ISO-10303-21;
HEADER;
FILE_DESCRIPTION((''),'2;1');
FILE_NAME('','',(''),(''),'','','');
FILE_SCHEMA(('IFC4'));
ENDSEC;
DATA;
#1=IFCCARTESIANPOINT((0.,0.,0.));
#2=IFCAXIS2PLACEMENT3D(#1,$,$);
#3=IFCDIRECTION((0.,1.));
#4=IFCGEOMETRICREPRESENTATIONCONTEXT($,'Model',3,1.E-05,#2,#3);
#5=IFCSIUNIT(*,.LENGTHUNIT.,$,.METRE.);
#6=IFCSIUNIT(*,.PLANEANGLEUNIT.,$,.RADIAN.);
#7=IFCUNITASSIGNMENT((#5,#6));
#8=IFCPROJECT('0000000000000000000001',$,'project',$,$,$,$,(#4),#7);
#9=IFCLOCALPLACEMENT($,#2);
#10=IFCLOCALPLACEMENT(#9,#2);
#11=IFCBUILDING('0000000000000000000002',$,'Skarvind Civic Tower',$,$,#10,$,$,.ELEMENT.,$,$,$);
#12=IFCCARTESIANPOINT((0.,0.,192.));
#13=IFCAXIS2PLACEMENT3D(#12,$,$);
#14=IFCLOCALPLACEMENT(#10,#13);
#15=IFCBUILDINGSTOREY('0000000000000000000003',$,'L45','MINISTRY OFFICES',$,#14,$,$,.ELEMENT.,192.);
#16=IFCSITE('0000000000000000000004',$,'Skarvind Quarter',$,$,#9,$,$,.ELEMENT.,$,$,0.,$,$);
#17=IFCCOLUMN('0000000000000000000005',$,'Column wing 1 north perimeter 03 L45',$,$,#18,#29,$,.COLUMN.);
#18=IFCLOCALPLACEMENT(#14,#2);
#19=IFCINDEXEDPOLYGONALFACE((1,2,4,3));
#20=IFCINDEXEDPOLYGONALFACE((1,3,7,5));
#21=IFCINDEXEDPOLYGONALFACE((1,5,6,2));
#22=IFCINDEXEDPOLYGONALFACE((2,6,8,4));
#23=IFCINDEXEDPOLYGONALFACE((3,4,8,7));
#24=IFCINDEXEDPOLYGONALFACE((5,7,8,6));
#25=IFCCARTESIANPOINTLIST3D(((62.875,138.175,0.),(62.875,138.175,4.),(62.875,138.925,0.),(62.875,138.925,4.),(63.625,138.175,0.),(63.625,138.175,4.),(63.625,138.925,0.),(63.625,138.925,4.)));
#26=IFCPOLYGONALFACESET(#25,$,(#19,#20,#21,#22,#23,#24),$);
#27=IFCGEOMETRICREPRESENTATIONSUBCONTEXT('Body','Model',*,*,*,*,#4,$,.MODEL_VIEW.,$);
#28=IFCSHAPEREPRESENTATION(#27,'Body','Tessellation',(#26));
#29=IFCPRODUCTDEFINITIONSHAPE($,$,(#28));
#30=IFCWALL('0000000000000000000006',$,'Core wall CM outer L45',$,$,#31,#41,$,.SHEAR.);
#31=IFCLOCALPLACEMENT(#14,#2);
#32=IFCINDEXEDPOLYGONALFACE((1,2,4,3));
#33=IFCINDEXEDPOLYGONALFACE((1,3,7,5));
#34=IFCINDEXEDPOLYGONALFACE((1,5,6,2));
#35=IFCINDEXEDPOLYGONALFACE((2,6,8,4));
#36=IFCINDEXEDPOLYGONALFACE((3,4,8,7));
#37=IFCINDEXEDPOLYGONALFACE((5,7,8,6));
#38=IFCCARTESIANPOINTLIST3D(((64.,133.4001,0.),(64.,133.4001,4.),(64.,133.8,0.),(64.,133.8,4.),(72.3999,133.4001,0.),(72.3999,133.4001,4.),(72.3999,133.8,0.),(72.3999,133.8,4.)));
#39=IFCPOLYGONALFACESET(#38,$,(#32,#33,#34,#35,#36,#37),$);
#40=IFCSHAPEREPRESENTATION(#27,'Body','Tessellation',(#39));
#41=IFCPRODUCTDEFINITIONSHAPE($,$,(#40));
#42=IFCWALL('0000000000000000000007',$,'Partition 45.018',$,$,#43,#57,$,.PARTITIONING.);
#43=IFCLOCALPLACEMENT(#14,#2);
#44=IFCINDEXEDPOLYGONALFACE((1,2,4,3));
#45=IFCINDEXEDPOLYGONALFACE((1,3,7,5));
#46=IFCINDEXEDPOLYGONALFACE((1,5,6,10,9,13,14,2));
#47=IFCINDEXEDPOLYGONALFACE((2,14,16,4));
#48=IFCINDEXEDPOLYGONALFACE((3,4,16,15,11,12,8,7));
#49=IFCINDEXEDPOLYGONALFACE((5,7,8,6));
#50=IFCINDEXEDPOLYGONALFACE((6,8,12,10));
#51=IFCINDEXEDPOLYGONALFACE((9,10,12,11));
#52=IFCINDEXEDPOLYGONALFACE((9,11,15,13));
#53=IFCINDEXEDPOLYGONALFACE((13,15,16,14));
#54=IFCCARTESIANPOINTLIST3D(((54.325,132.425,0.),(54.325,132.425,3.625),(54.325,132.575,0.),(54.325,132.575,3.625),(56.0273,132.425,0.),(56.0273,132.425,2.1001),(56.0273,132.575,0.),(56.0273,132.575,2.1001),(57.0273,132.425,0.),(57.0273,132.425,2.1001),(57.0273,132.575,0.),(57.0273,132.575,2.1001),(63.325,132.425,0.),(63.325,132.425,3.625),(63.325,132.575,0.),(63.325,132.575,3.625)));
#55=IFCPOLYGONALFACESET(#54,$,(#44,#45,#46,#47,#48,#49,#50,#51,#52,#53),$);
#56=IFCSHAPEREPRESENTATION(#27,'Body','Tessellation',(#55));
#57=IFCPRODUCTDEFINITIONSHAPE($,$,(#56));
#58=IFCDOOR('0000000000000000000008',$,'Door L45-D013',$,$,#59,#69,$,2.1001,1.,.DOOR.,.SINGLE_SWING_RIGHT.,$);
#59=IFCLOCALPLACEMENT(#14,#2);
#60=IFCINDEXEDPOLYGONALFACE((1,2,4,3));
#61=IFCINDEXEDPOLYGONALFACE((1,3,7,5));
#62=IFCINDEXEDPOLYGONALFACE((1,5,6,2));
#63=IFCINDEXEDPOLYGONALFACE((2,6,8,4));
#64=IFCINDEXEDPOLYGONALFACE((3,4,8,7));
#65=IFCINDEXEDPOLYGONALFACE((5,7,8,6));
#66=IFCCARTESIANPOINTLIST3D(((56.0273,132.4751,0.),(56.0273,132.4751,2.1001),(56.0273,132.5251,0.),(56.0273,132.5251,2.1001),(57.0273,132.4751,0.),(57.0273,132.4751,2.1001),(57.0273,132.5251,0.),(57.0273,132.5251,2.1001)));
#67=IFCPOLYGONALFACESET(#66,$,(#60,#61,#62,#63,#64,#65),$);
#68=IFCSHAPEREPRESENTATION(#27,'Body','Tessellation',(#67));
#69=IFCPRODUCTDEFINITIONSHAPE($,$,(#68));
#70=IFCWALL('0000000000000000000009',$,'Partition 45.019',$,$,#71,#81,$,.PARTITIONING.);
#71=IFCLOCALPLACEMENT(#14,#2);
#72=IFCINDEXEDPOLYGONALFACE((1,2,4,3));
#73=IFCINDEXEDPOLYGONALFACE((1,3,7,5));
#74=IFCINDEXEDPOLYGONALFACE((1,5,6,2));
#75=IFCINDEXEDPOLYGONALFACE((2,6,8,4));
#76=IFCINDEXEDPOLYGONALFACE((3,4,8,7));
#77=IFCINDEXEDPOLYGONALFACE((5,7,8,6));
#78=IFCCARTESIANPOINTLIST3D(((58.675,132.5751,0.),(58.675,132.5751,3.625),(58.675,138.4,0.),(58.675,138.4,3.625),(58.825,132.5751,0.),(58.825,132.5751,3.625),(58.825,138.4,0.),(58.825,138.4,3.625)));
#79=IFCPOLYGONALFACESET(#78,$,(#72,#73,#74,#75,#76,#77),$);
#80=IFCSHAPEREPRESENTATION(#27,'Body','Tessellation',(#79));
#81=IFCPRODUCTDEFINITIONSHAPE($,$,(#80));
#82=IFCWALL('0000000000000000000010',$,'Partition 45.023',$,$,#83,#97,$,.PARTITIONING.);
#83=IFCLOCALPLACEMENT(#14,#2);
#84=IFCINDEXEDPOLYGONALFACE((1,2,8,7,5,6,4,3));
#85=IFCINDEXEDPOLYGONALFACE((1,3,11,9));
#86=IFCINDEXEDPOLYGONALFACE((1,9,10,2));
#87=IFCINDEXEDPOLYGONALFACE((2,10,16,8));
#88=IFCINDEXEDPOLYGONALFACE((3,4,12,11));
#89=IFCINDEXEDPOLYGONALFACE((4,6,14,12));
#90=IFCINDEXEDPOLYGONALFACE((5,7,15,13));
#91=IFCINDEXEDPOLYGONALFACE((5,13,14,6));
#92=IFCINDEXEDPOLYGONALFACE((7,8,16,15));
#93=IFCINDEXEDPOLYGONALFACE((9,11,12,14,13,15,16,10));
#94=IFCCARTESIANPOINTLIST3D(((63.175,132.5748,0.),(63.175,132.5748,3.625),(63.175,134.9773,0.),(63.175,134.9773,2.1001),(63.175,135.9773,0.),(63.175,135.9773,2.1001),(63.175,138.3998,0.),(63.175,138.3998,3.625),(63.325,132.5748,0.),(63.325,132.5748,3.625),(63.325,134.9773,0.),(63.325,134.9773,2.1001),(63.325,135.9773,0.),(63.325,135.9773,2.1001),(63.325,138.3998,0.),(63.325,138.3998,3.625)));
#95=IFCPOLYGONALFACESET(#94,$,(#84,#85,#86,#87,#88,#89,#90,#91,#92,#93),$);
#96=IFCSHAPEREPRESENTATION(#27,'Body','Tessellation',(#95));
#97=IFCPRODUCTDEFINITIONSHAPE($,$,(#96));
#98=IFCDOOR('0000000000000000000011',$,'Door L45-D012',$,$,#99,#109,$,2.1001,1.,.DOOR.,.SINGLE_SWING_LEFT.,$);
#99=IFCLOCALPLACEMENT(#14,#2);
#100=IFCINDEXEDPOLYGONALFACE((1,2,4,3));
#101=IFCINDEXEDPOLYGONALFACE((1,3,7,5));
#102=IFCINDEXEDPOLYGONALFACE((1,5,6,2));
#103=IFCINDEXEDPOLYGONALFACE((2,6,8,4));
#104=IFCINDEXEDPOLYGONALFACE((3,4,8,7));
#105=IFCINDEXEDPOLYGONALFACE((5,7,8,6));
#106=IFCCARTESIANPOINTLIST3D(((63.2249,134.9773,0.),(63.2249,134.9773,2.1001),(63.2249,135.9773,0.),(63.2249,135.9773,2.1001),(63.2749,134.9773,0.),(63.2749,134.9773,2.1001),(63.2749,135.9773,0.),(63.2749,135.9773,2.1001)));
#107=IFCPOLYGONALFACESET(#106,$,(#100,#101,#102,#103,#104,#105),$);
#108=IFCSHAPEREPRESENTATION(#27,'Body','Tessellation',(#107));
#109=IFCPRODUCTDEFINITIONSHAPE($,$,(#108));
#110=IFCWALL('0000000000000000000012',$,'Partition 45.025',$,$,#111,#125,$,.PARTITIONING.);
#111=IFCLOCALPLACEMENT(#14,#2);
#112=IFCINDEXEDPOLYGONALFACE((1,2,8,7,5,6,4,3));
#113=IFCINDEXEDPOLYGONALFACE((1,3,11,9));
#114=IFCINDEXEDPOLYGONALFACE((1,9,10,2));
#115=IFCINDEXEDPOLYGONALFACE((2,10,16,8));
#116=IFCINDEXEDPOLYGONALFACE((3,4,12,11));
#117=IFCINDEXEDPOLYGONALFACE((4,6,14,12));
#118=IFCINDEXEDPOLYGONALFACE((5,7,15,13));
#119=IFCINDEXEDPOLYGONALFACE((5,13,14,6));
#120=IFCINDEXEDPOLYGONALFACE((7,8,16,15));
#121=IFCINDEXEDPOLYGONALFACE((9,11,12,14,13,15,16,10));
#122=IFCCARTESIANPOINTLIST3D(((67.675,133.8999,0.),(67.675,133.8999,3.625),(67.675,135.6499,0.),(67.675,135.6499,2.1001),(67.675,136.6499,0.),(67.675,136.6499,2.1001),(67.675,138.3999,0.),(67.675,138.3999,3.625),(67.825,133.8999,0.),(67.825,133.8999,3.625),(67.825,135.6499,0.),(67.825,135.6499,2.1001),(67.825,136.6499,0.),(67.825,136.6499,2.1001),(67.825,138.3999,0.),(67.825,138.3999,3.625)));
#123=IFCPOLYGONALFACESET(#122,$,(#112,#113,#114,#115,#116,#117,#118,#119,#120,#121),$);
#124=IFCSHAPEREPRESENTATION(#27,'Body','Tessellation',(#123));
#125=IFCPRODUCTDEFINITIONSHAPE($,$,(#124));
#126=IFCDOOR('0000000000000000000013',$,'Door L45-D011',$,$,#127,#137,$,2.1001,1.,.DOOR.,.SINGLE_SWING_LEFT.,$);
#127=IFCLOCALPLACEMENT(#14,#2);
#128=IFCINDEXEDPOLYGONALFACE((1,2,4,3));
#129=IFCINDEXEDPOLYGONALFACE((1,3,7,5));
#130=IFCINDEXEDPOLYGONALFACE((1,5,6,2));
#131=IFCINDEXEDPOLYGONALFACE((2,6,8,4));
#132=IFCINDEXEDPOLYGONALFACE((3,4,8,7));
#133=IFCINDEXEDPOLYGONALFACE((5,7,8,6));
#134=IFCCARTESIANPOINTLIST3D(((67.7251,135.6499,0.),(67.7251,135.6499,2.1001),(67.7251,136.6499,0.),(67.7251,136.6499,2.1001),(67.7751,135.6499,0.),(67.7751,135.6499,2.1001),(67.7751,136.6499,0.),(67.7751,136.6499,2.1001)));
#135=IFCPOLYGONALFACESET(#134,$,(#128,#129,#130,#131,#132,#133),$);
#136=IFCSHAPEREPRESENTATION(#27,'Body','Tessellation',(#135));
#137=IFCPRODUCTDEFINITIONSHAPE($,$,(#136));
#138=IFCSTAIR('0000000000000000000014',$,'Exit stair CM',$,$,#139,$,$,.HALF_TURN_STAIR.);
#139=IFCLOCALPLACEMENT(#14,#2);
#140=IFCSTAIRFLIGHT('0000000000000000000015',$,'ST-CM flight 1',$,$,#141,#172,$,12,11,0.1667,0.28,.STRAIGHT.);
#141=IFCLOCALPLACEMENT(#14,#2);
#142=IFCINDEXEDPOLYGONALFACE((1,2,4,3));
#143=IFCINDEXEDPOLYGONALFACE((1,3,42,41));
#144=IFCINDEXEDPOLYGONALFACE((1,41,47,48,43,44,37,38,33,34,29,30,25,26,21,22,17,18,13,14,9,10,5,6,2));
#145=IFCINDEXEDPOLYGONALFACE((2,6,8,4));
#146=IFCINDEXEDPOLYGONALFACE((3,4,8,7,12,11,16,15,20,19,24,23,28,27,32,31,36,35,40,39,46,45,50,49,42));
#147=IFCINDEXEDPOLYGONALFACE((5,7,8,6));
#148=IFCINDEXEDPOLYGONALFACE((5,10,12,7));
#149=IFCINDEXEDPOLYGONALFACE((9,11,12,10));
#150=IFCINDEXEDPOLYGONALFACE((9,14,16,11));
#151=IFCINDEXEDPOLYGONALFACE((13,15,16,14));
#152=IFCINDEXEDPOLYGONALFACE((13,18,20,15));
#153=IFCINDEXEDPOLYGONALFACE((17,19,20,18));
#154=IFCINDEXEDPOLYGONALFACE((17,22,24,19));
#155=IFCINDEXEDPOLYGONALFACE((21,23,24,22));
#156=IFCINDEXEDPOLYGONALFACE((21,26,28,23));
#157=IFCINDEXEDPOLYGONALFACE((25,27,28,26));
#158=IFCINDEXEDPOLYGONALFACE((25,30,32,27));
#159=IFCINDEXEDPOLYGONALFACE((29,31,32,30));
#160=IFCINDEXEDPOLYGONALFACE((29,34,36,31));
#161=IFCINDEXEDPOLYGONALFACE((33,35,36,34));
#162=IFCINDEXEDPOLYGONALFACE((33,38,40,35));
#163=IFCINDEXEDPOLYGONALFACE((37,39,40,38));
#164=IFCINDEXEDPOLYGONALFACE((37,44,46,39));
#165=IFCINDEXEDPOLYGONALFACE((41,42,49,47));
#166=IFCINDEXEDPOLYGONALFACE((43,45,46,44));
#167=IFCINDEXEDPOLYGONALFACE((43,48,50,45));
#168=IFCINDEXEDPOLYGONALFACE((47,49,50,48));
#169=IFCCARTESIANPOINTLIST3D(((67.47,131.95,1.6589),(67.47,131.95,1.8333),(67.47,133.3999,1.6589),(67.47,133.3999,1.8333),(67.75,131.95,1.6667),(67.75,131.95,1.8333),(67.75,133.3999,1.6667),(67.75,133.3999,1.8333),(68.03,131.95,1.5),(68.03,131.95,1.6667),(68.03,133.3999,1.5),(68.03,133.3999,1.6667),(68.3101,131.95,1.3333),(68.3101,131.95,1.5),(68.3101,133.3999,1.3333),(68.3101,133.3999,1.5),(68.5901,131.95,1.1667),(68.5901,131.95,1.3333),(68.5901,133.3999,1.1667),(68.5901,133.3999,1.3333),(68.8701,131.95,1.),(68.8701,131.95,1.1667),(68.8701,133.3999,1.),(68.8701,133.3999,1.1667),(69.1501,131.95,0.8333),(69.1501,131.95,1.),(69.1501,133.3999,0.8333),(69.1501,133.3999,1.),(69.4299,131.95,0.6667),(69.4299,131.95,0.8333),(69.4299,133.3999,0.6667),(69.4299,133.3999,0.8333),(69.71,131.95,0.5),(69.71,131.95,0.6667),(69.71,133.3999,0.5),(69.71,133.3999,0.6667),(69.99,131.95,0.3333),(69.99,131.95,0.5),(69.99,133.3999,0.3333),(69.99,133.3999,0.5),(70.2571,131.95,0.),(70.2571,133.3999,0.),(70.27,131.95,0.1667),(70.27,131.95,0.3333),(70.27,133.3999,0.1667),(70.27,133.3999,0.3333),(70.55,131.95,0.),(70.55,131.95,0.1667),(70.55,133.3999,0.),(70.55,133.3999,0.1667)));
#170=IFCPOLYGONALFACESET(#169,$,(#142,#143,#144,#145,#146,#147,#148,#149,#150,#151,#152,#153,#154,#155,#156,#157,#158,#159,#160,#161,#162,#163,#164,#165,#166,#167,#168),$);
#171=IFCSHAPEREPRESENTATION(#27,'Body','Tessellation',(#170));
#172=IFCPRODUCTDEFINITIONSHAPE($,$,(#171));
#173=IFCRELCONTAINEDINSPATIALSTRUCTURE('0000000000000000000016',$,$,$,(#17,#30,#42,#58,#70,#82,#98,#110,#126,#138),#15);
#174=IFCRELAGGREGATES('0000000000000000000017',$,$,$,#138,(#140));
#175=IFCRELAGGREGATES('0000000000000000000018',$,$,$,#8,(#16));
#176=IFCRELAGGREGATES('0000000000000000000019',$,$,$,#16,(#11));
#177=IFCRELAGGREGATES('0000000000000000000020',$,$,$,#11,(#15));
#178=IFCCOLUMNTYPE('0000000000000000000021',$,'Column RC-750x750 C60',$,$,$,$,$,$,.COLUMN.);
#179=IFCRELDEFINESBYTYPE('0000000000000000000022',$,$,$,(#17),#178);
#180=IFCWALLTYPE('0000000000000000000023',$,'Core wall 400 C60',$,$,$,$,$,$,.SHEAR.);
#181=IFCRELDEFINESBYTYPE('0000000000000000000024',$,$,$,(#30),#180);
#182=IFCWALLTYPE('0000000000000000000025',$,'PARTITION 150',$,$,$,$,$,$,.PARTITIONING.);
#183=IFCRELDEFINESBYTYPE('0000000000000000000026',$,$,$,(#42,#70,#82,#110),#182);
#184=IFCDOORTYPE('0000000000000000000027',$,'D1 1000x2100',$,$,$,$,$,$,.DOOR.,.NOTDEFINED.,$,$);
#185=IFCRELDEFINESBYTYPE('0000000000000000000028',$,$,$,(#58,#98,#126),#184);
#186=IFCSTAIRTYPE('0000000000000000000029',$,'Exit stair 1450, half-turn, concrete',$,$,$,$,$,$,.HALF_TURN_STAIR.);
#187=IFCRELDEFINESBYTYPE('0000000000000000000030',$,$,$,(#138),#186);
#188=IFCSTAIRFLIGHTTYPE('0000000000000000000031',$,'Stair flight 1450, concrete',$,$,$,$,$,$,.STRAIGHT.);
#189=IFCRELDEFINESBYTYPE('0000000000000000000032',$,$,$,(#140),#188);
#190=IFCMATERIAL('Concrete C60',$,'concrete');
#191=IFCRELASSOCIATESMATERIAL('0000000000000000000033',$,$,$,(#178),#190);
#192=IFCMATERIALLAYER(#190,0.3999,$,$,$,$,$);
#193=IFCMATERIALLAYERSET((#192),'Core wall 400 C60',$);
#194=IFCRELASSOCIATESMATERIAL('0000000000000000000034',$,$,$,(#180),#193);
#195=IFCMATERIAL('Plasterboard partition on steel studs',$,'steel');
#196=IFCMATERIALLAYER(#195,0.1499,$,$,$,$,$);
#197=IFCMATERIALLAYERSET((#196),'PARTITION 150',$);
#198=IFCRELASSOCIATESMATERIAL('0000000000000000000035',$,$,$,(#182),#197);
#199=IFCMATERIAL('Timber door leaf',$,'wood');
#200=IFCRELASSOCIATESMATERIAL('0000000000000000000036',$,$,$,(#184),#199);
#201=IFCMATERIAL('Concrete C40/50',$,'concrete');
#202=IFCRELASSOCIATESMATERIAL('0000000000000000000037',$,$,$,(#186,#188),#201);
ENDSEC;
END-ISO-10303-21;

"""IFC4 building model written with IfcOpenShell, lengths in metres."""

from ifc_helpers import new_model, si_unit, direction, frame, frame_2d, origin, origin_2d, place, context, subcontext, project, spatial, polyline, rectangle, outline, extrude, material, layer, layer_set, material_profile, profile_set, type_object, element, fill, aggregate, save


model = new_model("IFC4")

# Units and contexts
model_context = context("Model", 3, precision=1e-05, world=origin(), true_north=direction((0.0, 1.0)))
body_context = subcontext(model_context, "Body", "Model", "MODEL_VIEW")
ifc_project = project(units=[si_unit("LENGTHUNIT", "METRE"), si_unit("PLANEANGLEUNIT", "RADIAN")], contexts=[model_context])

# Site, building, storey
site_placement = place(None, origin())
site = spatial("IfcSite", under=ifc_project, at=site_placement, Name="Skarvind Quarter", CompositionType="ELEMENT", RefElevation=0.0)
building_placement = place(site_placement, origin())
building = spatial("IfcBuilding", under=site, at=building_placement, Name="Skarvind Civic Tower", CompositionType="ELEMENT")
storey_placement = place(building_placement, frame((0.0, 0.0, 192.0)))
storey = spatial("IfcBuildingStorey", under=building, at=storey_placement, Name="L45", Description="MINISTRY OFFICES", CompositionType="ELEMENT", Elevation=192.0)

# Column
ifc_material_1 = material(Name="Concrete C60", Category="concrete")
ifc_material_profile = material_profile(ifc_material_1, rectangle(XDim=0.75, YDim=0.75, at=origin_2d()), Name="RC-750x750")
ifc_profile_set = profile_set([ifc_material_profile], Name="Concrete C60")
column_type = type_object("IfcColumnType", Name="Column RC-750x750 C60", PredefinedType="COLUMN", material=ifc_profile_set)
column_placement = place(storey_placement, frame((63.25, 138.55, 0.0), z_axis=(0.0, 0.0, 1.0), x_axis=(1.0, 0.0, 0.0)))
element("IfcColumn", 1, at=column_placement, inside=storey, type_object=column_type, Name="Column wing 1 north perimeter 03 L45", PredefinedType="COLUMN", context=body_context, shape_type="SweptSolid", body=[
    extrude(rectangle(XDim=0.75, YDim=0.75, at=origin_2d()), origin(), (0.0, 0.0, 1.0), 4.0),
])

# Wall
ifc_layer_1 = layer(ifc_material_1, 0.3999)
ifc_layer_set_1 = layer_set([ifc_layer_1], Name="Core wall 400 C60")
wall_type_1 = type_object("IfcWallType", Name="Core wall 400 C60", PredefinedType="SHEAR", material=ifc_layer_set_1)
wall_1_placement = place(storey_placement, frame((64.0, 133.6001, 0.0), z_axis=(0.0, 0.0, 1.0), x_axis=(1.0, 0.0, 0.0)))
element("IfcWall", 2, at=wall_1_placement, inside=storey, type_object=wall_type_1, Name="Core wall CM outer L45", PredefinedType="SHEAR", context=body_context, shape_type="SweptSolid", body=[
    extrude(rectangle(XDim=8.3999, YDim=0.3999, at=frame_2d((4.2, 0.0))), origin(), (0.0, 0.0, 1.0), 4.0),
])

# Wall, opening, door
ifc_material_2 = material(Name="Plasterboard partition on steel studs", Category="steel")
ifc_layer_2 = layer(ifc_material_2, 0.1499)
ifc_layer_set_2 = layer_set([ifc_layer_2], Name="PARTITION 150")
wall_type_2 = type_object("IfcWallType", Name="PARTITION 150", PredefinedType="PARTITIONING", material=ifc_layer_set_2)
wall_2_placement = place(storey_placement, frame((63.325, 132.5, 0.0), z_axis=(0.0, 0.0, 1.0), x_axis=(-1.0, 0.0, 0.0)))
wall_2 = element("IfcWall", 3, at=wall_2_placement, inside=storey, type_object=wall_type_2, Name="Partition 45.018", PredefinedType="PARTITIONING", context=body_context, shape_type="SweptSolid", body=[
    extrude(rectangle(XDim=9.0, YDim=0.1499, at=frame_2d((4.5, 0.0))), origin(), (0.0, 0.0, 1.0), 3.625),
])
opening_1_placement = place(wall_2_placement, frame((6.2976, 0.0, 0.0)))
opening_1 = element("IfcOpeningElement", 4, at=opening_1_placement, cuts=wall_2, PredefinedType="OPENING", context=body_context, shape_type="SweptSolid", body=[
    extrude(rectangle(XDim=1.0, YDim=2.1001, at=frame_2d((0.5, 1.05))), frame((0.0, 0.085, 0.0), z_axis=(0.0, -1.0, 0.0), x_axis=(1.0, 0.0, 0.0)), (0.0, 0.0, 1.0), 0.1699),
])
ifc_material_3 = material(Name="Timber door leaf", Category="wood")
door_type = type_object("IfcDoorType", Name="D1 1000x2100", OperationType="NOTDEFINED", PredefinedType="DOOR", material=ifc_material_3)
door_1_placement = place(opening_1_placement, origin())
door_1 = element("IfcDoor", 5, at=door_1_placement, inside=storey, type_object=door_type, Name="Door L45-D013", OperationType="SINGLE_SWING_RIGHT", OverallHeight=2.1001, OverallWidth=1.0, PredefinedType="DOOR", context=body_context, shape_type="SweptSolid", body=[
    extrude(rectangle(XDim=1.0, YDim=2.1001, at=frame_2d((0.5, 1.05))), frame((0.0, 0.0249, 0.0), z_axis=(0.0, -1.0, 0.0), x_axis=(1.0, 0.0, 0.0)), (0.0, 0.0, 1.0), 0.05),
])
fill(opening_1, door_1)

# Wall
wall_3_placement = place(storey_placement, frame((58.75, 132.575, 0.0), z_axis=(0.0, 0.0, 1.0), x_axis=(0.0, 1.0, 0.0)))
element("IfcWall", 6, at=wall_3_placement, inside=storey, type_object=wall_type_2, Name="Partition 45.019", PredefinedType="PARTITIONING", context=body_context, shape_type="SweptSolid", body=[
    extrude(rectangle(XDim=5.825, YDim=0.1499, at=frame_2d((2.9126, 0.0))), origin(), (0.0, 0.0, 1.0), 3.625),
])

# Walls, openings, doors
wall_4_placement = place(storey_placement, frame((63.25, 138.3999, 0.0), z_axis=(0.0, 0.0, 1.0), x_axis=(0.0, -1.0, 0.0)))
wall_4 = element("IfcWall", 7, at=wall_4_placement, inside=storey, type_object=wall_type_2, Name="Partition 45.023", PredefinedType="PARTITIONING", context=body_context, shape_type="SweptSolid", body=[
    extrude(rectangle(XDim=5.825, YDim=0.1499, at=frame_2d((2.9126, 0.0))), origin(), (0.0, 0.0, 1.0), 3.625),
])
opening_2_placement = place(wall_4_placement, frame((2.4226, 0.0, 0.0)))
opening_2 = element("IfcOpeningElement", 8, at=opening_2_placement, cuts=wall_4, PredefinedType="OPENING", context=body_context, shape_type="SweptSolid", body=[
    extrude(rectangle(XDim=1.0, YDim=2.1001, at=frame_2d((0.5, 1.05))), frame((0.0, 0.085, 0.0), z_axis=(0.0, -1.0, 0.0), x_axis=(1.0, 0.0, 0.0)), (0.0, 0.0, 1.0), 0.1699),
])
door_2_placement = place(opening_2_placement, origin())
door_2 = element("IfcDoor", 9, at=door_2_placement, inside=storey, type_object=door_type, Name="Door L45-D012", OperationType="SINGLE_SWING_LEFT", OverallHeight=2.1001, OverallWidth=1.0, PredefinedType="DOOR", context=body_context, shape_type="SweptSolid", body=[
    extrude(rectangle(XDim=1.0, YDim=2.1001, at=frame_2d((0.5, 1.05))), frame((0.0, 0.0249, 0.0), z_axis=(0.0, -1.0, 0.0), x_axis=(1.0, 0.0, 0.0)), (0.0, 0.0, 1.0), 0.05),
])
fill(opening_2, door_2)
wall_5_placement = place(storey_placement, frame((67.75, 133.8999, 0.0), z_axis=(0.0, 0.0, 1.0), x_axis=(0.0, 1.0, 0.0)))
wall_5 = element("IfcWall", 10, at=wall_5_placement, inside=storey, type_object=wall_type_2, Name="Partition 45.025", PredefinedType="PARTITIONING", context=body_context, shape_type="SweptSolid", body=[
    extrude(rectangle(XDim=4.5, YDim=0.1499, at=frame_2d((2.25, 0.0))), origin(), (0.0, 0.0, 1.0), 3.625),
])
opening_3_placement = place(wall_5_placement, frame((1.75, 0.0, 0.0)))
opening_3 = element("IfcOpeningElement", 11, at=opening_3_placement, cuts=wall_5, PredefinedType="OPENING", context=body_context, shape_type="SweptSolid", body=[
    extrude(rectangle(XDim=1.0, YDim=2.1001, at=frame_2d((0.5, 1.05))), frame((0.0, 0.085, 0.0), z_axis=(0.0, -1.0, 0.0), x_axis=(1.0, 0.0, 0.0)), (0.0, 0.0, 1.0), 0.1699),
])
door_3_placement = place(opening_3_placement, origin())
door_3 = element("IfcDoor", 12, at=door_3_placement, inside=storey, type_object=door_type, Name="Door L45-D011", OperationType="SINGLE_SWING_LEFT", OverallHeight=2.1001, OverallWidth=1.0, PredefinedType="DOOR", context=body_context, shape_type="SweptSolid", body=[
    extrude(rectangle(XDim=1.0, YDim=2.1001, at=frame_2d((0.5, 1.05))), frame((0.0, 0.0249, 0.0), z_axis=(0.0, -1.0, 0.0), x_axis=(1.0, 0.0, 0.0)), (0.0, 0.0, 1.0), 0.05),
])
fill(opening_3, door_3)

# Stair, stair flight
ifc_material_4 = material(Name="Concrete C40/50", Category="concrete")
stair_type = type_object("IfcStairType", Name="Exit stair 1450, half-turn, concrete", PredefinedType="HALF_TURN_STAIR", material=ifc_material_4)
stair_placement = place(storey_placement, origin())
stair = element("IfcStair", 13, at=stair_placement, inside=storey, type_object=stair_type, Name="Exit stair CM", PredefinedType="HALF_TURN_STAIR")
stair_flight_type = type_object("IfcStairFlightType", Name="Stair flight 1450, concrete", PredefinedType="STRAIGHT", material=ifc_material_4)
stair_flight_placement = place(storey_placement, frame((70.55, 132.675, 0.0), z_axis=(0.0, 0.0, 1.0), x_axis=(-1.0, 0.0, 0.0)))
stair_flight = element("IfcStairFlight", 14, at=stair_flight_placement, type_object=stair_flight_type, Name="ST-CM flight 1", NumberOfRisers=12, NumberOfTreads=11, PredefinedType="STRAIGHT", RiserHeight=0.1667, TreadLength=0.28, context=body_context, shape_type="SweptSolid", body=[
    extrude(outline(polyline([(0.0, 0.0), (0.0, 0.1667), (0.28, 0.1667), (0.28, 0.3333), (0.5601, 0.3333), (0.5601, 0.5), (0.8401, 0.5), (0.8401, 0.6667), (1.1201, 0.6667), (1.1201, 0.8333), (1.3999, 0.8333), (1.3999, 1.0), (1.6799, 1.0), (1.6799, 1.1667), (1.96, 1.1667), (1.96, 1.3333), (2.24, 1.3333), (2.24, 1.5), (2.52, 1.5), (2.52, 1.6667), (2.8, 1.6667), (2.8, 1.8333), (3.0801, 1.8333), (3.0801, 2.0), (3.0801, 1.6589), (0.293, 0.0), (0.0, 0.0)])), frame((0.0, 0.7251, 0.0), z_axis=(0.0, -1.0, 0.0), x_axis=(1.0, 0.0, 0.0)), (0.0, 0.0, 1.0), 1.45),
])
aggregate(stair, [stair_flight])

save(model, "model.ifc")
